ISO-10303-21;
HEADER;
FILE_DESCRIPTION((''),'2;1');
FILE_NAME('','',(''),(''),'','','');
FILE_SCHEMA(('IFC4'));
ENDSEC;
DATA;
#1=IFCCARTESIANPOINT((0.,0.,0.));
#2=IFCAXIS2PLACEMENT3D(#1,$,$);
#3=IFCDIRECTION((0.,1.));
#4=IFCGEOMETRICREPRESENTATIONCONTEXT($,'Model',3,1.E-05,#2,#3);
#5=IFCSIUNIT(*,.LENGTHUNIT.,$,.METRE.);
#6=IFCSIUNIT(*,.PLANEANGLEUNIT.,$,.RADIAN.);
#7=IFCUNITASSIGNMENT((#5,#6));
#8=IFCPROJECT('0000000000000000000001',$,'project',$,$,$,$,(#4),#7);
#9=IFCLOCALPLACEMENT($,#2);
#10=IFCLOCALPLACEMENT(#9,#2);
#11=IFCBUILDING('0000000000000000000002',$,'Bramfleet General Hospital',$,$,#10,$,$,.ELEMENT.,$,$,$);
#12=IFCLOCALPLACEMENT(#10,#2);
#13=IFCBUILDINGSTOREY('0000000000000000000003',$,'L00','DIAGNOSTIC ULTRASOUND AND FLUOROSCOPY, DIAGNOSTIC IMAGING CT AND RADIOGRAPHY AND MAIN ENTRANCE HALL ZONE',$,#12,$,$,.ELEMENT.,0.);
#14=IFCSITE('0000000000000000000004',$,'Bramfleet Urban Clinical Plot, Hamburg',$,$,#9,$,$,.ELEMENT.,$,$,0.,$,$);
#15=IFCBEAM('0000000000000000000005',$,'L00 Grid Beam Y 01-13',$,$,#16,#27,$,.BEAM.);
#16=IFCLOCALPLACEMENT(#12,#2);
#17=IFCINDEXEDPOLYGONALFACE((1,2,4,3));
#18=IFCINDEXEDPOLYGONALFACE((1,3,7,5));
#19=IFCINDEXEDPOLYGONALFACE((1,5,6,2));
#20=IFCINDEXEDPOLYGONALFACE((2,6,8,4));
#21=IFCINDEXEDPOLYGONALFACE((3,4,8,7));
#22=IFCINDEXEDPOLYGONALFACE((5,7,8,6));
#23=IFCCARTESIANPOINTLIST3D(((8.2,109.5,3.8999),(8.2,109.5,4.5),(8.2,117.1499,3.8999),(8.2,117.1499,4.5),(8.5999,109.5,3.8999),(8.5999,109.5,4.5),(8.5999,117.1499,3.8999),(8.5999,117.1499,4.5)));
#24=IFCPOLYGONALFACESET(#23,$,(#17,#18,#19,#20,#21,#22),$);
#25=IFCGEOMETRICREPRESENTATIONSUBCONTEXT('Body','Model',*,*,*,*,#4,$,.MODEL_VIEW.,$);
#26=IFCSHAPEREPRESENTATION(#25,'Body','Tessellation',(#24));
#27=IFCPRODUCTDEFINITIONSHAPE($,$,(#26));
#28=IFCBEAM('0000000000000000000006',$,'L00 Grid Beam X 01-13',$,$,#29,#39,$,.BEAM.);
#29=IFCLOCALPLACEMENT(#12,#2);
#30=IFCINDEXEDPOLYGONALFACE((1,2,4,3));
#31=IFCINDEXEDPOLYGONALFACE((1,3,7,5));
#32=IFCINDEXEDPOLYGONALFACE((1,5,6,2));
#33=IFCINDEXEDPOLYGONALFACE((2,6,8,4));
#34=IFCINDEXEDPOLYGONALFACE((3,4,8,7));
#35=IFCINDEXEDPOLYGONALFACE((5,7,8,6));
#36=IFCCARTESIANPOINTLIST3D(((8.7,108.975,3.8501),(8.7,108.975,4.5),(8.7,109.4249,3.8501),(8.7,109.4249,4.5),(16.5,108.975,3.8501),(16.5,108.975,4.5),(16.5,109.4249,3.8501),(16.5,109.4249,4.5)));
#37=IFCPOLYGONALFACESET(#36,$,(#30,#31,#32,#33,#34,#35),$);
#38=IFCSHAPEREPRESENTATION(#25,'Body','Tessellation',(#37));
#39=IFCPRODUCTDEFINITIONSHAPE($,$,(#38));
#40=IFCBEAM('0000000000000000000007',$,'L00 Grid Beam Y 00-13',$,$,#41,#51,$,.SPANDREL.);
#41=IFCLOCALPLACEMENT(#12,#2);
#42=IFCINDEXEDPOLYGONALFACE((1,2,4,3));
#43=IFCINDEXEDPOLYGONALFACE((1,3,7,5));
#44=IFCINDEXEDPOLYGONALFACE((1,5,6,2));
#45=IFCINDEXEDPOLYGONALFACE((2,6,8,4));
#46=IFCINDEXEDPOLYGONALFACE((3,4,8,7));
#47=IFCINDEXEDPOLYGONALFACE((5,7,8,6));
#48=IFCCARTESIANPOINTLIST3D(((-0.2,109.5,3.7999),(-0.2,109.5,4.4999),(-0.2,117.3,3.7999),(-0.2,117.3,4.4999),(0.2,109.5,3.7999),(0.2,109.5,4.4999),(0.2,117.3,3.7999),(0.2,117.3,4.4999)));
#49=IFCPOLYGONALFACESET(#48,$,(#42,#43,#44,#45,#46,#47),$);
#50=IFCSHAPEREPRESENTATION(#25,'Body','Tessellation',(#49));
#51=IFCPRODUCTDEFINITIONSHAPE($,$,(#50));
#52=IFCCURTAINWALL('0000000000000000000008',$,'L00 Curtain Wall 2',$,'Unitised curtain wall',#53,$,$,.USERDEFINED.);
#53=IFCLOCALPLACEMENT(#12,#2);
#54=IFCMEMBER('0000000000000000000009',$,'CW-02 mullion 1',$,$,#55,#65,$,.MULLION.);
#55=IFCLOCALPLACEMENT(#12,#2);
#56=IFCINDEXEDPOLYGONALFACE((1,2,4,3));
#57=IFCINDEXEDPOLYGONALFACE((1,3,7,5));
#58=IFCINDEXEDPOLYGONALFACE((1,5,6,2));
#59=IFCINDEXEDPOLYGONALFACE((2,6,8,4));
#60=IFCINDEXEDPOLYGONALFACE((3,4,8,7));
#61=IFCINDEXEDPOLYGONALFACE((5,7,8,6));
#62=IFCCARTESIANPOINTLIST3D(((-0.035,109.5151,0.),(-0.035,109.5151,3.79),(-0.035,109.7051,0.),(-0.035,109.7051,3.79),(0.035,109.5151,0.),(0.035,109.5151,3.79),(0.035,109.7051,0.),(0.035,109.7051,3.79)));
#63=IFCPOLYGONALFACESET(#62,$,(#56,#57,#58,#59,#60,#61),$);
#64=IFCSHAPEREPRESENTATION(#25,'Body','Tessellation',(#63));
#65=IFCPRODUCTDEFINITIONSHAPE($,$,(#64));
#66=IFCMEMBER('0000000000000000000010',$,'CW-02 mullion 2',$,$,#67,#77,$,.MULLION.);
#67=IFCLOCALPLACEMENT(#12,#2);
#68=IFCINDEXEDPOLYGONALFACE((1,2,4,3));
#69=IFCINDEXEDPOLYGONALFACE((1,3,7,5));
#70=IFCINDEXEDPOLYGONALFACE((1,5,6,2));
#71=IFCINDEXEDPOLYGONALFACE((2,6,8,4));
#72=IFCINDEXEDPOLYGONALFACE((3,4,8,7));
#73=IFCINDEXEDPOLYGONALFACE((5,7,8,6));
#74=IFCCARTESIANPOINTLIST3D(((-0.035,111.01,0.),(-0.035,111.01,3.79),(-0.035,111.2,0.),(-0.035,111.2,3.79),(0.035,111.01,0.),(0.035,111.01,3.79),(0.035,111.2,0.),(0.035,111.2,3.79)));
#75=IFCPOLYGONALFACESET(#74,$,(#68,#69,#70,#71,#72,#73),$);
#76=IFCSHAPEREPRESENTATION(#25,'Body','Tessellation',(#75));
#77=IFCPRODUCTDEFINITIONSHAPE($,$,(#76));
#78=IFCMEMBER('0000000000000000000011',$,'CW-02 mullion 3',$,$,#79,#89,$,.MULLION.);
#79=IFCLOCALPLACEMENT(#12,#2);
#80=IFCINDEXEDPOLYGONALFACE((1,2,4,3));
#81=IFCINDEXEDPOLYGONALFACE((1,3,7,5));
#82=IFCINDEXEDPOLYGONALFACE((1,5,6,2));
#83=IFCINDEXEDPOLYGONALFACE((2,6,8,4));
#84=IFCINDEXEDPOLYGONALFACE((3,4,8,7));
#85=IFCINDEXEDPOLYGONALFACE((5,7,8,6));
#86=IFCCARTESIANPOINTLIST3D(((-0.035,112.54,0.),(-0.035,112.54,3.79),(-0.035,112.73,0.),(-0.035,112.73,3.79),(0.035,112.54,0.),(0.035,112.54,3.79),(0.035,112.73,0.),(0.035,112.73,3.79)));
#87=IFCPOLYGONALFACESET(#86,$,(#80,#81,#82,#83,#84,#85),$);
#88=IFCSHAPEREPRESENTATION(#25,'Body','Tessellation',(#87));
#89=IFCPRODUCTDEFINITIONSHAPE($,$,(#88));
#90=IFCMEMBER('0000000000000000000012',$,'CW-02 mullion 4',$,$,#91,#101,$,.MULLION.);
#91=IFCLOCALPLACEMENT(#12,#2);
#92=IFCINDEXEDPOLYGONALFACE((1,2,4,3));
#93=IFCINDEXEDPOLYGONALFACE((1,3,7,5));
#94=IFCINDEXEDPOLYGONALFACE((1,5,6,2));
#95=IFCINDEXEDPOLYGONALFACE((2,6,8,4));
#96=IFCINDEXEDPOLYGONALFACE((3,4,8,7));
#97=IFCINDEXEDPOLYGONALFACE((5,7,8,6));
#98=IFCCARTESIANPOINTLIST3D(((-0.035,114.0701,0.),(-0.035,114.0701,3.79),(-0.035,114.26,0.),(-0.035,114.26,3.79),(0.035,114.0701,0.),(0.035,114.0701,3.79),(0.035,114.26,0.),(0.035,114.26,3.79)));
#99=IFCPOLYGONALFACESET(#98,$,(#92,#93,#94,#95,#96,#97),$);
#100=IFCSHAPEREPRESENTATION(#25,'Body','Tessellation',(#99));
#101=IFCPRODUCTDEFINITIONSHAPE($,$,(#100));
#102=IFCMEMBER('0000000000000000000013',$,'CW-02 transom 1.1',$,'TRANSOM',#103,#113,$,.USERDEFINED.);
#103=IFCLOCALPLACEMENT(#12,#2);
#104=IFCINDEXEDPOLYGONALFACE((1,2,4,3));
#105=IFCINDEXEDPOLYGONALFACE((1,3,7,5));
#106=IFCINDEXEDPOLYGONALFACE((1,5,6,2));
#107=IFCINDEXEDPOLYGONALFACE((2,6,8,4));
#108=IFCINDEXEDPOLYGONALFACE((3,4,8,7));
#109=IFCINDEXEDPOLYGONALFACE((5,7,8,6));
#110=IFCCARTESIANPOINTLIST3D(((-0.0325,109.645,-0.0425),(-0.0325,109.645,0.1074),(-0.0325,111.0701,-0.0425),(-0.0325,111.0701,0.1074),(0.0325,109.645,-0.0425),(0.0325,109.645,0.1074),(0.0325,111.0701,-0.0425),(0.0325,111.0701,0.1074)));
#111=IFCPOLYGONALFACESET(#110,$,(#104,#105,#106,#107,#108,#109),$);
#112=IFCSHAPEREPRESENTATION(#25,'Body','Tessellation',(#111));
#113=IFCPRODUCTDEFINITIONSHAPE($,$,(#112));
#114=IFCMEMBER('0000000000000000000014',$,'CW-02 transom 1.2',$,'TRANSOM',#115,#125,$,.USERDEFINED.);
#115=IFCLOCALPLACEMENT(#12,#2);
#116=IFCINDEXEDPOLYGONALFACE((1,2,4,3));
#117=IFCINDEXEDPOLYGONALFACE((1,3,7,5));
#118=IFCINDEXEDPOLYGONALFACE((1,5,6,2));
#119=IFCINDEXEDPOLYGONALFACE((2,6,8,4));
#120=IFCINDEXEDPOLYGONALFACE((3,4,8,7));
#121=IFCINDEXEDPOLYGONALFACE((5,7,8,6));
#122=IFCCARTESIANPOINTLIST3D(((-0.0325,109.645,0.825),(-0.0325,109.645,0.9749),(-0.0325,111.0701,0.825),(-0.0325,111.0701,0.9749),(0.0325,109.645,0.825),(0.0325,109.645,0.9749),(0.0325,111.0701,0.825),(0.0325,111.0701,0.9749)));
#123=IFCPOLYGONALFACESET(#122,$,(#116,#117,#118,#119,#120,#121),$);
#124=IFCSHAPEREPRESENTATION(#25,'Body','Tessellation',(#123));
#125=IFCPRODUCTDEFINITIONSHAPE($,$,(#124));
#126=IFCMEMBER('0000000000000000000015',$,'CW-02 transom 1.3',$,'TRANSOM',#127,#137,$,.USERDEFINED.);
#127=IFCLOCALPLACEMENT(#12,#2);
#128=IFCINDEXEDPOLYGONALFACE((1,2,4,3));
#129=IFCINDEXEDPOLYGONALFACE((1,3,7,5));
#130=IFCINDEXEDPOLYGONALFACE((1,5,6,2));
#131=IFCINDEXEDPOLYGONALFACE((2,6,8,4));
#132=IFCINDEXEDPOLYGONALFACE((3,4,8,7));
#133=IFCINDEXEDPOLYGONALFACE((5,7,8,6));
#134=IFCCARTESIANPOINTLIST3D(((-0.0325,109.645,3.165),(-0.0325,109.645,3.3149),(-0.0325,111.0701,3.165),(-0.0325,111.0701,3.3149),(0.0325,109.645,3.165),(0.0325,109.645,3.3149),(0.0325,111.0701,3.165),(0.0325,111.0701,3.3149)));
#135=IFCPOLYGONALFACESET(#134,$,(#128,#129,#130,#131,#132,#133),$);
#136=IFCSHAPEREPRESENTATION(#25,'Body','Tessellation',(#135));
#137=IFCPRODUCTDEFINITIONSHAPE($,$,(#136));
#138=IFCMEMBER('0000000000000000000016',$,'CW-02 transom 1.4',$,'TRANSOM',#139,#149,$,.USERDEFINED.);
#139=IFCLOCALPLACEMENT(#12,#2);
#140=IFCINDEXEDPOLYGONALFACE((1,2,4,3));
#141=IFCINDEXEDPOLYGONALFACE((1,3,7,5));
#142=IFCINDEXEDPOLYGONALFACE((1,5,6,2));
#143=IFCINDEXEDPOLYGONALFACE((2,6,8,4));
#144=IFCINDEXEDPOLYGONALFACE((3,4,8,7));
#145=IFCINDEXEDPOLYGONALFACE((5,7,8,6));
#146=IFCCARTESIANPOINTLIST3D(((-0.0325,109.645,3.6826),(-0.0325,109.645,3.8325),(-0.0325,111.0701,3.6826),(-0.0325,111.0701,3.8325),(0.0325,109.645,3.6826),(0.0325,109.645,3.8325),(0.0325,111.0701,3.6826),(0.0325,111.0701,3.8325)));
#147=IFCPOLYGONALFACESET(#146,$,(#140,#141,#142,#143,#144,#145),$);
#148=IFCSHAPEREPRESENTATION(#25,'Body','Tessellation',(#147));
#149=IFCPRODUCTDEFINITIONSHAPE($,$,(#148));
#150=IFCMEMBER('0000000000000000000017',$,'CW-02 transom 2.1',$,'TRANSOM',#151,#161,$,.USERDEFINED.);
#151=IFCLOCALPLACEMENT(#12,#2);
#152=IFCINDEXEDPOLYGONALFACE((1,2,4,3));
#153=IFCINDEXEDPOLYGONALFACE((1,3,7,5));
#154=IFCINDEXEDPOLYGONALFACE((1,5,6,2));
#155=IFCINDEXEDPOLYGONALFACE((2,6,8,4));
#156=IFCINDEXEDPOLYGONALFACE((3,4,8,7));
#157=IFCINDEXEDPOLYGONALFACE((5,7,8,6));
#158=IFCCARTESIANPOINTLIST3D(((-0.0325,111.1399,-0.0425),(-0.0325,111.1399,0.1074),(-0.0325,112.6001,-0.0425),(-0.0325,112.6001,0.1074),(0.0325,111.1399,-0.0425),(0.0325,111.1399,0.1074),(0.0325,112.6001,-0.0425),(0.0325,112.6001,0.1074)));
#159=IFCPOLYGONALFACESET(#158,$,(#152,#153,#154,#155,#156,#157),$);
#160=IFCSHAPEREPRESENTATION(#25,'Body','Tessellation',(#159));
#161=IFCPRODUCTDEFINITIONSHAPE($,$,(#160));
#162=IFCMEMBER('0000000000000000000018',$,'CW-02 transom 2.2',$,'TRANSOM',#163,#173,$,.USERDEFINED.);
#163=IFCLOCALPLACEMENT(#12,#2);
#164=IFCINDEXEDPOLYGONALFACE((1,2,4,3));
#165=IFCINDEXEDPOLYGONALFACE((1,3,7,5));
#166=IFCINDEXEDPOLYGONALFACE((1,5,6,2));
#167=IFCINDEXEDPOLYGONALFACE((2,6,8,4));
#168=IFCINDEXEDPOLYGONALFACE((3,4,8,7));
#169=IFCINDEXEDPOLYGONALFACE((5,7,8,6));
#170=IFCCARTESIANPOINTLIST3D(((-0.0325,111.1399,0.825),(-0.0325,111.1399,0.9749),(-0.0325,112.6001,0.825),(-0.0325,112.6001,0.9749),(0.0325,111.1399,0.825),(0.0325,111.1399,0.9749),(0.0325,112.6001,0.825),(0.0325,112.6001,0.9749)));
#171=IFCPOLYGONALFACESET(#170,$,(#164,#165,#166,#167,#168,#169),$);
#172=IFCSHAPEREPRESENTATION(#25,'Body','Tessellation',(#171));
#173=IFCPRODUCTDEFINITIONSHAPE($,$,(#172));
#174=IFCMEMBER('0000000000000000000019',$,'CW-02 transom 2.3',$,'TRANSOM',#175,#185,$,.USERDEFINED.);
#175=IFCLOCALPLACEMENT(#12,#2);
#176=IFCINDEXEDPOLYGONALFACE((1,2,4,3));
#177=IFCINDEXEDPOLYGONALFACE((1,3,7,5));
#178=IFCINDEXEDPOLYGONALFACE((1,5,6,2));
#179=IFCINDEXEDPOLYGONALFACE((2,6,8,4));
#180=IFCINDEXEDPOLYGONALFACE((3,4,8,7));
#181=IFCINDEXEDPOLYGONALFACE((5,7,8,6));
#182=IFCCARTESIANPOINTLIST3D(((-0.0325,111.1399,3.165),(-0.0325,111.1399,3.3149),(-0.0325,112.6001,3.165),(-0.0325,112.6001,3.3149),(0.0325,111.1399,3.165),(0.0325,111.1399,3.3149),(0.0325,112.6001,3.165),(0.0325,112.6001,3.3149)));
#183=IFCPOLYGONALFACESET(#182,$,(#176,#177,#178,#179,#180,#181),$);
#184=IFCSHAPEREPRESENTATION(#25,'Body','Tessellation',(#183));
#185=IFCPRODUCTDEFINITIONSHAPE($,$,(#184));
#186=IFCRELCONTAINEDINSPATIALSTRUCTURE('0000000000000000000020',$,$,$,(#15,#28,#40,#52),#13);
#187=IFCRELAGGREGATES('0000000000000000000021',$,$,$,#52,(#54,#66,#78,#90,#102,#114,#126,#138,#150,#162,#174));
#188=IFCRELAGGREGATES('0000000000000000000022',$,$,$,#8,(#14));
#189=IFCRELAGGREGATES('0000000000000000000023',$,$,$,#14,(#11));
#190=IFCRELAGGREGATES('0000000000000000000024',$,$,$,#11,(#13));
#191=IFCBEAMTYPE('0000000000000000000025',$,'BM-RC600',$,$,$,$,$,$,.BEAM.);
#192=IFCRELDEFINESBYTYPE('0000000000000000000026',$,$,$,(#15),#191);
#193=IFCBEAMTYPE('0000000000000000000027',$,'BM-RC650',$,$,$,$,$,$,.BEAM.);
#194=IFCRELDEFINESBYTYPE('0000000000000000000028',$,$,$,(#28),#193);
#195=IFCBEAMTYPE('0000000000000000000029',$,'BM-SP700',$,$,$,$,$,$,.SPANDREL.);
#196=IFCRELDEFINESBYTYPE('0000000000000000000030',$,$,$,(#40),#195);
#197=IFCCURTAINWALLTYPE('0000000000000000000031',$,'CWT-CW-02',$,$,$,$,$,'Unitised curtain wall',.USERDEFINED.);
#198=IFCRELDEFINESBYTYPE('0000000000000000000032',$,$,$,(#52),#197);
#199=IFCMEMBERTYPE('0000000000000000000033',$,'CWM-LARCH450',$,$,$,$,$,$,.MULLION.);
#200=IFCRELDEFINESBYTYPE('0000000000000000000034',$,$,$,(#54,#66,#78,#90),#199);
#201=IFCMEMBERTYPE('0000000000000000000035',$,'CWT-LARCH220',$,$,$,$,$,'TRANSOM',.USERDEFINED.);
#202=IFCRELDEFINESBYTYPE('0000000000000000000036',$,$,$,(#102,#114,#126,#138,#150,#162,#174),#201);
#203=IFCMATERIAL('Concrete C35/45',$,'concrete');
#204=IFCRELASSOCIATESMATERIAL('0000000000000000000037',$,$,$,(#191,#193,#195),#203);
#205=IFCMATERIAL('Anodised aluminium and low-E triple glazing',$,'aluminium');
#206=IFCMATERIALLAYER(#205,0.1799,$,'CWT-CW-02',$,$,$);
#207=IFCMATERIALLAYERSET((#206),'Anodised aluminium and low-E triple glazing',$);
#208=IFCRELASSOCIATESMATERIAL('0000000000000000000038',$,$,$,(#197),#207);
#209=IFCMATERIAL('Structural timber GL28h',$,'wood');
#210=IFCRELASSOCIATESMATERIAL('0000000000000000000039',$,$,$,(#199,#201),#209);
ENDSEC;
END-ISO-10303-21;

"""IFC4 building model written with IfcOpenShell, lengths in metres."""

from ifc_helpers import new_model, si_unit, direction, frame, origin, origin_2d, place, context, subcontext, project, spatial, rectangle, extrude, material, layer, layer_set, material_profile, profile_set, type_object, element, aggregate, save


model = new_model("IFC4")

# Units and contexts
model_context = context("Model", 3, precision=1e-05, world=origin(), true_north=direction((0.0, 1.0)))
body_context = subcontext(model_context, "Body", "Model", "MODEL_VIEW")
ifc_project = project(units=[si_unit("LENGTHUNIT", "METRE"), si_unit("PLANEANGLEUNIT", "RADIAN")], contexts=[model_context])

# Site, building, storey
site_placement = place(None, origin())
site = spatial("IfcSite", under=ifc_project, at=site_placement, Name="Bramfleet Urban Clinical Plot, Hamburg", CompositionType="ELEMENT", RefElevation=0.0)
building_placement = place(site_placement, origin())
building = spatial("IfcBuilding", under=site, at=building_placement, Name="Bramfleet General Hospital", CompositionType="ELEMENT")
storey_placement = place(building_placement, origin())
storey = spatial("IfcBuildingStorey", under=building, at=storey_placement, Name="L00", Description="DIAGNOSTIC ULTRASOUND AND FLUOROSCOPY, DIAGNOSTIC IMAGING CT AND RADIOGRAPHY AND MAIN ENTRANCE HALL ZONE", CompositionType="ELEMENT", Elevation=0.0)

# Beams
ifc_material_1 = material(Name="Concrete C35/45", Category="concrete")
ifc_material_profile_1 = material_profile(ifc_material_1, rectangle(XDim=0.3999, YDim=0.6001, at=origin_2d()), Name="RC BM 600x400")
ifc_profile_set_1 = profile_set([ifc_material_profile_1], Name="Concrete C35/45")
beam_type_1 = type_object("IfcBeamType", Name="BM-RC600", PredefinedType="BEAM", material=ifc_profile_set_1)
beam_1_placement = place(storey_placement, frame((8.3999, 109.5, 4.2), z_axis=(0.0, 1.0, 0.0), x_axis=(-1.0, 0.0, 0.0)))
element("IfcBeam", 1, at=beam_1_placement, inside=storey, type_object=beam_type_1, Name="L00 Grid Beam Y 01-13", PredefinedType="BEAM", context=body_context, shape_type="SweptSolid", body=[
    extrude(rectangle(XDim=0.3999, YDim=0.6001, at=origin_2d()), origin(), (0.0, 0.0, 1.0), 7.6499),
])
ifc_material_profile_2 = material_profile(ifc_material_1, rectangle(XDim=0.45, YDim=0.6499, at=origin_2d()), Name="RC BM 650x450")
ifc_profile_set_2 = profile_set([ifc_material_profile_2], Name="Concrete C35/45")
beam_type_2 = type_object("IfcBeamType", Name="BM-RC650", PredefinedType="BEAM", material=ifc_profile_set_2)
beam_2_placement = place(storey_placement, frame((8.7, 109.2, 4.175), z_axis=(1.0, 0.0, 0.0), x_axis=(0.0, 1.0, 0.0)))
element("IfcBeam", 2, at=beam_2_placement, inside=storey, type_object=beam_type_2, Name="L00 Grid Beam X 01-13", PredefinedType="BEAM", context=body_context, shape_type="SweptSolid", body=[
    extrude(rectangle(XDim=0.45, YDim=0.6499, at=origin_2d()), origin(), (0.0, 0.0, 1.0), 7.8),
])
ifc_material_profile_3 = material_profile(ifc_material_1, rectangle(XDim=0.3999, YDim=0.7, at=origin_2d()), Name="RC SP 700x400")
ifc_profile_set_3 = profile_set([ifc_material_profile_3], Name="Concrete C35/45")
beam_type_3 = type_object("IfcBeamType", Name="BM-SP700", PredefinedType="SPANDREL", material=ifc_profile_set_3)
beam_3_placement = place(storey_placement, frame((0.0, 109.5, 4.1499), z_axis=(0.0, 1.0, 0.0), x_axis=(-1.0, 0.0, 0.0)))
element("IfcBeam", 3, at=beam_3_placement, inside=storey, type_object=beam_type_3, Name="L00 Grid Beam Y 00-13", PredefinedType="SPANDREL", context=body_context, shape_type="SweptSolid", body=[
    extrude(rectangle(XDim=0.3999, YDim=0.7, at=origin_2d()), origin(), (0.0, 0.0, 1.0), 7.8),
])

# Curtain wall, members
ifc_material_2 = material(Name="Anodised aluminium and low-E triple glazing", Category="aluminium")
ifc_layer_1 = layer(ifc_material_2, 0.1799, Name="CWT-CW-02")
ifc_layer_set_1 = layer_set([ifc_layer_1], Name="Anodised aluminium and low-E triple glazing")
curtain_wall_type = type_object("IfcCurtainWallType", Name="CWT-CW-02", ElementType="Unitised curtain wall", PredefinedType="USERDEFINED", material=ifc_layer_set_1)
curtain_wall_placement = place(storey_placement, origin())
curtain_wall = element("IfcCurtainWall", 4, at=curtain_wall_placement, inside=storey, type_object=curtain_wall_type, Name="L00 Curtain Wall 2", ObjectType="Unitised curtain wall", PredefinedType="USERDEFINED")
ifc_material_3 = material(Name="Structural timber GL28h", Category="wood")
ifc_material_profile_4 = material_profile(ifc_material_3, rectangle(XDim=0.0701, YDim=0.1899, at=origin_2d()), Name="LARCH 190x70")
ifc_profile_set_4 = profile_set([ifc_material_profile_4], Name="Structural timber GL28h")
member_type_1 = type_object("IfcMemberType", Name="CWM-LARCH450", PredefinedType="MULLION", material=ifc_profile_set_4)
member_1_placement = place(storey_placement, frame((0.0, 109.6101, 0.0), z_axis=(0.0, 0.0, 1.0), x_axis=(-1.0, 0.0, 0.0)))
member_1 = element("IfcMember", 5, at=member_1_placement, type_object=member_type_1, Name="CW-02 mullion 1", PredefinedType="MULLION", context=body_context, shape_type="SweptSolid", body=[
    extrude(rectangle(XDim=0.0701, YDim=0.1899, at=origin_2d()), origin(), (0.0, 0.0, 1.0), 3.79),
])
member_2_placement = place(storey_placement, frame((0.0, 111.105, 0.0), z_axis=(0.0, 0.0, 1.0), x_axis=(-1.0, 0.0, 0.0)))
member_2 = element("IfcMember", 6, at=member_2_placement, type_object=member_type_1, Name="CW-02 mullion 2", PredefinedType="MULLION", context=body_context, shape_type="SweptSolid", body=[
    extrude(rectangle(XDim=0.0701, YDim=0.1899, at=origin_2d()), origin(), (0.0, 0.0, 1.0), 3.79),
])
member_3_placement = place(storey_placement, frame((0.0, 112.635, 0.0), z_axis=(0.0, 0.0, 1.0), x_axis=(-1.0, 0.0, 0.0)))
member_3 = element("IfcMember", 7, at=member_3_placement, type_object=member_type_1, Name="CW-02 mullion 3", PredefinedType="MULLION", context=body_context, shape_type="SweptSolid", body=[
    extrude(rectangle(XDim=0.0701, YDim=0.1899, at=origin_2d()), origin(), (0.0, 0.0, 1.0), 3.79),
])
member_4_placement = place(storey_placement, frame((0.0, 114.165, 0.0), z_axis=(0.0, 0.0, 1.0), x_axis=(-1.0, 0.0, 0.0)))
member_4 = element("IfcMember", 8, at=member_4_placement, type_object=member_type_1, Name="CW-02 mullion 4", PredefinedType="MULLION", context=body_context, shape_type="SweptSolid", body=[
    extrude(rectangle(XDim=0.0701, YDim=0.1899, at=origin_2d()), origin(), (0.0, 0.0, 1.0), 3.79),
])
ifc_material_profile_5 = material_profile(ifc_material_3, rectangle(XDim=0.0649, YDim=0.1499, at=origin_2d()), Name="LARCH 150x65")
ifc_profile_set_5 = profile_set([ifc_material_profile_5], Name="Structural timber GL28h")
member_type_2 = type_object("IfcMemberType", Name="CWT-LARCH220", ElementType="TRANSOM", PredefinedType="USERDEFINED", material=ifc_profile_set_5)
member_5_placement = place(storey_placement, frame((0.0, 109.645, 0.0325), z_axis=(0.0, 1.0, 0.0), x_axis=(-1.0, 0.0, 0.0)))
member_5 = element("IfcMember", 9, at=member_5_placement, type_object=member_type_2, Name="CW-02 transom 1.1", ObjectType="TRANSOM", PredefinedType="USERDEFINED", context=body_context, shape_type="SweptSolid", body=[
    extrude(rectangle(XDim=0.0649, YDim=0.1499, at=origin_2d()), origin(), (0.0, 0.0, 1.0), 1.425),
])
member_6_placement = place(storey_placement, frame((0.0, 109.645, 0.8999), z_axis=(0.0, 1.0, 0.0), x_axis=(-1.0, 0.0, 0.0)))
member_6 = element("IfcMember", 10, at=member_6_placement, type_object=member_type_2, Name="CW-02 transom 1.2", ObjectType="TRANSOM", PredefinedType="USERDEFINED", context=body_context, shape_type="SweptSolid", body=[
    extrude(rectangle(XDim=0.0649, YDim=0.1499, at=origin_2d()), origin(), (0.0, 0.0, 1.0), 1.425),
])
member_7_placement = place(storey_placement, frame((0.0, 109.645, 3.24), z_axis=(0.0, 1.0, 0.0), x_axis=(-1.0, 0.0, 0.0)))
member_7 = element("IfcMember", 11, at=member_7_placement, type_object=member_type_2, Name="CW-02 transom 1.3", ObjectType="TRANSOM", PredefinedType="USERDEFINED", context=body_context, shape_type="SweptSolid", body=[
    extrude(rectangle(XDim=0.0649, YDim=0.1499, at=origin_2d()), origin(), (0.0, 0.0, 1.0), 1.425),
])
member_8_placement = place(storey_placement, frame((0.0, 109.645, 3.7576), z_axis=(0.0, 1.0, 0.0), x_axis=(-1.0, 0.0, 0.0)))
member_8 = element("IfcMember", 12, at=member_8_placement, type_object=member_type_2, Name="CW-02 transom 1.4", ObjectType="TRANSOM", PredefinedType="USERDEFINED", context=body_context, shape_type="SweptSolid", body=[
    extrude(rectangle(XDim=0.0649, YDim=0.1499, at=origin_2d()), origin(), (0.0, 0.0, 1.0), 1.425),
])
member_9_placement = place(storey_placement, frame((0.0, 111.1399, 0.0325), z_axis=(0.0, 1.0, 0.0), x_axis=(-1.0, 0.0, 0.0)))
member_9 = element("IfcMember", 13, at=member_9_placement, type_object=member_type_2, Name="CW-02 transom 2.1", ObjectType="TRANSOM", PredefinedType="USERDEFINED", context=body_context, shape_type="SweptSolid", body=[
    extrude(rectangle(XDim=0.0649, YDim=0.1499, at=origin_2d()), origin(), (0.0, 0.0, 1.0), 1.4602),
])
member_10_placement = place(storey_placement, frame((0.0, 111.1399, 0.8999), z_axis=(0.0, 1.0, 0.0), x_axis=(-1.0, 0.0, 0.0)))
member_10 = element("IfcMember", 14, at=member_10_placement, type_object=member_type_2, Name="CW-02 transom 2.2", ObjectType="TRANSOM", PredefinedType="USERDEFINED", context=body_context, shape_type="SweptSolid", body=[
    extrude(rectangle(XDim=0.0649, YDim=0.1499, at=origin_2d()), origin(), (0.0, 0.0, 1.0), 1.4602),
])
member_11_placement = place(storey_placement, frame((0.0, 111.1399, 3.24), z_axis=(0.0, 1.0, 0.0), x_axis=(-1.0, 0.0, 0.0)))
member_11 = element("IfcMember", 15, at=member_11_placement, type_object=member_type_2, Name="CW-02 transom 2.3", ObjectType="TRANSOM", PredefinedType="USERDEFINED", context=body_context, shape_type="SweptSolid", body=[
    extrude(rectangle(XDim=0.0649, YDim=0.1499, at=origin_2d()), origin(), (0.0, 0.0, 1.0), 1.4602),
])
aggregate(curtain_wall, [member_1, member_2, member_3, member_4, member_5, member_6, member_7, member_8, member_9, member_10, member_11])

save(model, "model.ifc")
